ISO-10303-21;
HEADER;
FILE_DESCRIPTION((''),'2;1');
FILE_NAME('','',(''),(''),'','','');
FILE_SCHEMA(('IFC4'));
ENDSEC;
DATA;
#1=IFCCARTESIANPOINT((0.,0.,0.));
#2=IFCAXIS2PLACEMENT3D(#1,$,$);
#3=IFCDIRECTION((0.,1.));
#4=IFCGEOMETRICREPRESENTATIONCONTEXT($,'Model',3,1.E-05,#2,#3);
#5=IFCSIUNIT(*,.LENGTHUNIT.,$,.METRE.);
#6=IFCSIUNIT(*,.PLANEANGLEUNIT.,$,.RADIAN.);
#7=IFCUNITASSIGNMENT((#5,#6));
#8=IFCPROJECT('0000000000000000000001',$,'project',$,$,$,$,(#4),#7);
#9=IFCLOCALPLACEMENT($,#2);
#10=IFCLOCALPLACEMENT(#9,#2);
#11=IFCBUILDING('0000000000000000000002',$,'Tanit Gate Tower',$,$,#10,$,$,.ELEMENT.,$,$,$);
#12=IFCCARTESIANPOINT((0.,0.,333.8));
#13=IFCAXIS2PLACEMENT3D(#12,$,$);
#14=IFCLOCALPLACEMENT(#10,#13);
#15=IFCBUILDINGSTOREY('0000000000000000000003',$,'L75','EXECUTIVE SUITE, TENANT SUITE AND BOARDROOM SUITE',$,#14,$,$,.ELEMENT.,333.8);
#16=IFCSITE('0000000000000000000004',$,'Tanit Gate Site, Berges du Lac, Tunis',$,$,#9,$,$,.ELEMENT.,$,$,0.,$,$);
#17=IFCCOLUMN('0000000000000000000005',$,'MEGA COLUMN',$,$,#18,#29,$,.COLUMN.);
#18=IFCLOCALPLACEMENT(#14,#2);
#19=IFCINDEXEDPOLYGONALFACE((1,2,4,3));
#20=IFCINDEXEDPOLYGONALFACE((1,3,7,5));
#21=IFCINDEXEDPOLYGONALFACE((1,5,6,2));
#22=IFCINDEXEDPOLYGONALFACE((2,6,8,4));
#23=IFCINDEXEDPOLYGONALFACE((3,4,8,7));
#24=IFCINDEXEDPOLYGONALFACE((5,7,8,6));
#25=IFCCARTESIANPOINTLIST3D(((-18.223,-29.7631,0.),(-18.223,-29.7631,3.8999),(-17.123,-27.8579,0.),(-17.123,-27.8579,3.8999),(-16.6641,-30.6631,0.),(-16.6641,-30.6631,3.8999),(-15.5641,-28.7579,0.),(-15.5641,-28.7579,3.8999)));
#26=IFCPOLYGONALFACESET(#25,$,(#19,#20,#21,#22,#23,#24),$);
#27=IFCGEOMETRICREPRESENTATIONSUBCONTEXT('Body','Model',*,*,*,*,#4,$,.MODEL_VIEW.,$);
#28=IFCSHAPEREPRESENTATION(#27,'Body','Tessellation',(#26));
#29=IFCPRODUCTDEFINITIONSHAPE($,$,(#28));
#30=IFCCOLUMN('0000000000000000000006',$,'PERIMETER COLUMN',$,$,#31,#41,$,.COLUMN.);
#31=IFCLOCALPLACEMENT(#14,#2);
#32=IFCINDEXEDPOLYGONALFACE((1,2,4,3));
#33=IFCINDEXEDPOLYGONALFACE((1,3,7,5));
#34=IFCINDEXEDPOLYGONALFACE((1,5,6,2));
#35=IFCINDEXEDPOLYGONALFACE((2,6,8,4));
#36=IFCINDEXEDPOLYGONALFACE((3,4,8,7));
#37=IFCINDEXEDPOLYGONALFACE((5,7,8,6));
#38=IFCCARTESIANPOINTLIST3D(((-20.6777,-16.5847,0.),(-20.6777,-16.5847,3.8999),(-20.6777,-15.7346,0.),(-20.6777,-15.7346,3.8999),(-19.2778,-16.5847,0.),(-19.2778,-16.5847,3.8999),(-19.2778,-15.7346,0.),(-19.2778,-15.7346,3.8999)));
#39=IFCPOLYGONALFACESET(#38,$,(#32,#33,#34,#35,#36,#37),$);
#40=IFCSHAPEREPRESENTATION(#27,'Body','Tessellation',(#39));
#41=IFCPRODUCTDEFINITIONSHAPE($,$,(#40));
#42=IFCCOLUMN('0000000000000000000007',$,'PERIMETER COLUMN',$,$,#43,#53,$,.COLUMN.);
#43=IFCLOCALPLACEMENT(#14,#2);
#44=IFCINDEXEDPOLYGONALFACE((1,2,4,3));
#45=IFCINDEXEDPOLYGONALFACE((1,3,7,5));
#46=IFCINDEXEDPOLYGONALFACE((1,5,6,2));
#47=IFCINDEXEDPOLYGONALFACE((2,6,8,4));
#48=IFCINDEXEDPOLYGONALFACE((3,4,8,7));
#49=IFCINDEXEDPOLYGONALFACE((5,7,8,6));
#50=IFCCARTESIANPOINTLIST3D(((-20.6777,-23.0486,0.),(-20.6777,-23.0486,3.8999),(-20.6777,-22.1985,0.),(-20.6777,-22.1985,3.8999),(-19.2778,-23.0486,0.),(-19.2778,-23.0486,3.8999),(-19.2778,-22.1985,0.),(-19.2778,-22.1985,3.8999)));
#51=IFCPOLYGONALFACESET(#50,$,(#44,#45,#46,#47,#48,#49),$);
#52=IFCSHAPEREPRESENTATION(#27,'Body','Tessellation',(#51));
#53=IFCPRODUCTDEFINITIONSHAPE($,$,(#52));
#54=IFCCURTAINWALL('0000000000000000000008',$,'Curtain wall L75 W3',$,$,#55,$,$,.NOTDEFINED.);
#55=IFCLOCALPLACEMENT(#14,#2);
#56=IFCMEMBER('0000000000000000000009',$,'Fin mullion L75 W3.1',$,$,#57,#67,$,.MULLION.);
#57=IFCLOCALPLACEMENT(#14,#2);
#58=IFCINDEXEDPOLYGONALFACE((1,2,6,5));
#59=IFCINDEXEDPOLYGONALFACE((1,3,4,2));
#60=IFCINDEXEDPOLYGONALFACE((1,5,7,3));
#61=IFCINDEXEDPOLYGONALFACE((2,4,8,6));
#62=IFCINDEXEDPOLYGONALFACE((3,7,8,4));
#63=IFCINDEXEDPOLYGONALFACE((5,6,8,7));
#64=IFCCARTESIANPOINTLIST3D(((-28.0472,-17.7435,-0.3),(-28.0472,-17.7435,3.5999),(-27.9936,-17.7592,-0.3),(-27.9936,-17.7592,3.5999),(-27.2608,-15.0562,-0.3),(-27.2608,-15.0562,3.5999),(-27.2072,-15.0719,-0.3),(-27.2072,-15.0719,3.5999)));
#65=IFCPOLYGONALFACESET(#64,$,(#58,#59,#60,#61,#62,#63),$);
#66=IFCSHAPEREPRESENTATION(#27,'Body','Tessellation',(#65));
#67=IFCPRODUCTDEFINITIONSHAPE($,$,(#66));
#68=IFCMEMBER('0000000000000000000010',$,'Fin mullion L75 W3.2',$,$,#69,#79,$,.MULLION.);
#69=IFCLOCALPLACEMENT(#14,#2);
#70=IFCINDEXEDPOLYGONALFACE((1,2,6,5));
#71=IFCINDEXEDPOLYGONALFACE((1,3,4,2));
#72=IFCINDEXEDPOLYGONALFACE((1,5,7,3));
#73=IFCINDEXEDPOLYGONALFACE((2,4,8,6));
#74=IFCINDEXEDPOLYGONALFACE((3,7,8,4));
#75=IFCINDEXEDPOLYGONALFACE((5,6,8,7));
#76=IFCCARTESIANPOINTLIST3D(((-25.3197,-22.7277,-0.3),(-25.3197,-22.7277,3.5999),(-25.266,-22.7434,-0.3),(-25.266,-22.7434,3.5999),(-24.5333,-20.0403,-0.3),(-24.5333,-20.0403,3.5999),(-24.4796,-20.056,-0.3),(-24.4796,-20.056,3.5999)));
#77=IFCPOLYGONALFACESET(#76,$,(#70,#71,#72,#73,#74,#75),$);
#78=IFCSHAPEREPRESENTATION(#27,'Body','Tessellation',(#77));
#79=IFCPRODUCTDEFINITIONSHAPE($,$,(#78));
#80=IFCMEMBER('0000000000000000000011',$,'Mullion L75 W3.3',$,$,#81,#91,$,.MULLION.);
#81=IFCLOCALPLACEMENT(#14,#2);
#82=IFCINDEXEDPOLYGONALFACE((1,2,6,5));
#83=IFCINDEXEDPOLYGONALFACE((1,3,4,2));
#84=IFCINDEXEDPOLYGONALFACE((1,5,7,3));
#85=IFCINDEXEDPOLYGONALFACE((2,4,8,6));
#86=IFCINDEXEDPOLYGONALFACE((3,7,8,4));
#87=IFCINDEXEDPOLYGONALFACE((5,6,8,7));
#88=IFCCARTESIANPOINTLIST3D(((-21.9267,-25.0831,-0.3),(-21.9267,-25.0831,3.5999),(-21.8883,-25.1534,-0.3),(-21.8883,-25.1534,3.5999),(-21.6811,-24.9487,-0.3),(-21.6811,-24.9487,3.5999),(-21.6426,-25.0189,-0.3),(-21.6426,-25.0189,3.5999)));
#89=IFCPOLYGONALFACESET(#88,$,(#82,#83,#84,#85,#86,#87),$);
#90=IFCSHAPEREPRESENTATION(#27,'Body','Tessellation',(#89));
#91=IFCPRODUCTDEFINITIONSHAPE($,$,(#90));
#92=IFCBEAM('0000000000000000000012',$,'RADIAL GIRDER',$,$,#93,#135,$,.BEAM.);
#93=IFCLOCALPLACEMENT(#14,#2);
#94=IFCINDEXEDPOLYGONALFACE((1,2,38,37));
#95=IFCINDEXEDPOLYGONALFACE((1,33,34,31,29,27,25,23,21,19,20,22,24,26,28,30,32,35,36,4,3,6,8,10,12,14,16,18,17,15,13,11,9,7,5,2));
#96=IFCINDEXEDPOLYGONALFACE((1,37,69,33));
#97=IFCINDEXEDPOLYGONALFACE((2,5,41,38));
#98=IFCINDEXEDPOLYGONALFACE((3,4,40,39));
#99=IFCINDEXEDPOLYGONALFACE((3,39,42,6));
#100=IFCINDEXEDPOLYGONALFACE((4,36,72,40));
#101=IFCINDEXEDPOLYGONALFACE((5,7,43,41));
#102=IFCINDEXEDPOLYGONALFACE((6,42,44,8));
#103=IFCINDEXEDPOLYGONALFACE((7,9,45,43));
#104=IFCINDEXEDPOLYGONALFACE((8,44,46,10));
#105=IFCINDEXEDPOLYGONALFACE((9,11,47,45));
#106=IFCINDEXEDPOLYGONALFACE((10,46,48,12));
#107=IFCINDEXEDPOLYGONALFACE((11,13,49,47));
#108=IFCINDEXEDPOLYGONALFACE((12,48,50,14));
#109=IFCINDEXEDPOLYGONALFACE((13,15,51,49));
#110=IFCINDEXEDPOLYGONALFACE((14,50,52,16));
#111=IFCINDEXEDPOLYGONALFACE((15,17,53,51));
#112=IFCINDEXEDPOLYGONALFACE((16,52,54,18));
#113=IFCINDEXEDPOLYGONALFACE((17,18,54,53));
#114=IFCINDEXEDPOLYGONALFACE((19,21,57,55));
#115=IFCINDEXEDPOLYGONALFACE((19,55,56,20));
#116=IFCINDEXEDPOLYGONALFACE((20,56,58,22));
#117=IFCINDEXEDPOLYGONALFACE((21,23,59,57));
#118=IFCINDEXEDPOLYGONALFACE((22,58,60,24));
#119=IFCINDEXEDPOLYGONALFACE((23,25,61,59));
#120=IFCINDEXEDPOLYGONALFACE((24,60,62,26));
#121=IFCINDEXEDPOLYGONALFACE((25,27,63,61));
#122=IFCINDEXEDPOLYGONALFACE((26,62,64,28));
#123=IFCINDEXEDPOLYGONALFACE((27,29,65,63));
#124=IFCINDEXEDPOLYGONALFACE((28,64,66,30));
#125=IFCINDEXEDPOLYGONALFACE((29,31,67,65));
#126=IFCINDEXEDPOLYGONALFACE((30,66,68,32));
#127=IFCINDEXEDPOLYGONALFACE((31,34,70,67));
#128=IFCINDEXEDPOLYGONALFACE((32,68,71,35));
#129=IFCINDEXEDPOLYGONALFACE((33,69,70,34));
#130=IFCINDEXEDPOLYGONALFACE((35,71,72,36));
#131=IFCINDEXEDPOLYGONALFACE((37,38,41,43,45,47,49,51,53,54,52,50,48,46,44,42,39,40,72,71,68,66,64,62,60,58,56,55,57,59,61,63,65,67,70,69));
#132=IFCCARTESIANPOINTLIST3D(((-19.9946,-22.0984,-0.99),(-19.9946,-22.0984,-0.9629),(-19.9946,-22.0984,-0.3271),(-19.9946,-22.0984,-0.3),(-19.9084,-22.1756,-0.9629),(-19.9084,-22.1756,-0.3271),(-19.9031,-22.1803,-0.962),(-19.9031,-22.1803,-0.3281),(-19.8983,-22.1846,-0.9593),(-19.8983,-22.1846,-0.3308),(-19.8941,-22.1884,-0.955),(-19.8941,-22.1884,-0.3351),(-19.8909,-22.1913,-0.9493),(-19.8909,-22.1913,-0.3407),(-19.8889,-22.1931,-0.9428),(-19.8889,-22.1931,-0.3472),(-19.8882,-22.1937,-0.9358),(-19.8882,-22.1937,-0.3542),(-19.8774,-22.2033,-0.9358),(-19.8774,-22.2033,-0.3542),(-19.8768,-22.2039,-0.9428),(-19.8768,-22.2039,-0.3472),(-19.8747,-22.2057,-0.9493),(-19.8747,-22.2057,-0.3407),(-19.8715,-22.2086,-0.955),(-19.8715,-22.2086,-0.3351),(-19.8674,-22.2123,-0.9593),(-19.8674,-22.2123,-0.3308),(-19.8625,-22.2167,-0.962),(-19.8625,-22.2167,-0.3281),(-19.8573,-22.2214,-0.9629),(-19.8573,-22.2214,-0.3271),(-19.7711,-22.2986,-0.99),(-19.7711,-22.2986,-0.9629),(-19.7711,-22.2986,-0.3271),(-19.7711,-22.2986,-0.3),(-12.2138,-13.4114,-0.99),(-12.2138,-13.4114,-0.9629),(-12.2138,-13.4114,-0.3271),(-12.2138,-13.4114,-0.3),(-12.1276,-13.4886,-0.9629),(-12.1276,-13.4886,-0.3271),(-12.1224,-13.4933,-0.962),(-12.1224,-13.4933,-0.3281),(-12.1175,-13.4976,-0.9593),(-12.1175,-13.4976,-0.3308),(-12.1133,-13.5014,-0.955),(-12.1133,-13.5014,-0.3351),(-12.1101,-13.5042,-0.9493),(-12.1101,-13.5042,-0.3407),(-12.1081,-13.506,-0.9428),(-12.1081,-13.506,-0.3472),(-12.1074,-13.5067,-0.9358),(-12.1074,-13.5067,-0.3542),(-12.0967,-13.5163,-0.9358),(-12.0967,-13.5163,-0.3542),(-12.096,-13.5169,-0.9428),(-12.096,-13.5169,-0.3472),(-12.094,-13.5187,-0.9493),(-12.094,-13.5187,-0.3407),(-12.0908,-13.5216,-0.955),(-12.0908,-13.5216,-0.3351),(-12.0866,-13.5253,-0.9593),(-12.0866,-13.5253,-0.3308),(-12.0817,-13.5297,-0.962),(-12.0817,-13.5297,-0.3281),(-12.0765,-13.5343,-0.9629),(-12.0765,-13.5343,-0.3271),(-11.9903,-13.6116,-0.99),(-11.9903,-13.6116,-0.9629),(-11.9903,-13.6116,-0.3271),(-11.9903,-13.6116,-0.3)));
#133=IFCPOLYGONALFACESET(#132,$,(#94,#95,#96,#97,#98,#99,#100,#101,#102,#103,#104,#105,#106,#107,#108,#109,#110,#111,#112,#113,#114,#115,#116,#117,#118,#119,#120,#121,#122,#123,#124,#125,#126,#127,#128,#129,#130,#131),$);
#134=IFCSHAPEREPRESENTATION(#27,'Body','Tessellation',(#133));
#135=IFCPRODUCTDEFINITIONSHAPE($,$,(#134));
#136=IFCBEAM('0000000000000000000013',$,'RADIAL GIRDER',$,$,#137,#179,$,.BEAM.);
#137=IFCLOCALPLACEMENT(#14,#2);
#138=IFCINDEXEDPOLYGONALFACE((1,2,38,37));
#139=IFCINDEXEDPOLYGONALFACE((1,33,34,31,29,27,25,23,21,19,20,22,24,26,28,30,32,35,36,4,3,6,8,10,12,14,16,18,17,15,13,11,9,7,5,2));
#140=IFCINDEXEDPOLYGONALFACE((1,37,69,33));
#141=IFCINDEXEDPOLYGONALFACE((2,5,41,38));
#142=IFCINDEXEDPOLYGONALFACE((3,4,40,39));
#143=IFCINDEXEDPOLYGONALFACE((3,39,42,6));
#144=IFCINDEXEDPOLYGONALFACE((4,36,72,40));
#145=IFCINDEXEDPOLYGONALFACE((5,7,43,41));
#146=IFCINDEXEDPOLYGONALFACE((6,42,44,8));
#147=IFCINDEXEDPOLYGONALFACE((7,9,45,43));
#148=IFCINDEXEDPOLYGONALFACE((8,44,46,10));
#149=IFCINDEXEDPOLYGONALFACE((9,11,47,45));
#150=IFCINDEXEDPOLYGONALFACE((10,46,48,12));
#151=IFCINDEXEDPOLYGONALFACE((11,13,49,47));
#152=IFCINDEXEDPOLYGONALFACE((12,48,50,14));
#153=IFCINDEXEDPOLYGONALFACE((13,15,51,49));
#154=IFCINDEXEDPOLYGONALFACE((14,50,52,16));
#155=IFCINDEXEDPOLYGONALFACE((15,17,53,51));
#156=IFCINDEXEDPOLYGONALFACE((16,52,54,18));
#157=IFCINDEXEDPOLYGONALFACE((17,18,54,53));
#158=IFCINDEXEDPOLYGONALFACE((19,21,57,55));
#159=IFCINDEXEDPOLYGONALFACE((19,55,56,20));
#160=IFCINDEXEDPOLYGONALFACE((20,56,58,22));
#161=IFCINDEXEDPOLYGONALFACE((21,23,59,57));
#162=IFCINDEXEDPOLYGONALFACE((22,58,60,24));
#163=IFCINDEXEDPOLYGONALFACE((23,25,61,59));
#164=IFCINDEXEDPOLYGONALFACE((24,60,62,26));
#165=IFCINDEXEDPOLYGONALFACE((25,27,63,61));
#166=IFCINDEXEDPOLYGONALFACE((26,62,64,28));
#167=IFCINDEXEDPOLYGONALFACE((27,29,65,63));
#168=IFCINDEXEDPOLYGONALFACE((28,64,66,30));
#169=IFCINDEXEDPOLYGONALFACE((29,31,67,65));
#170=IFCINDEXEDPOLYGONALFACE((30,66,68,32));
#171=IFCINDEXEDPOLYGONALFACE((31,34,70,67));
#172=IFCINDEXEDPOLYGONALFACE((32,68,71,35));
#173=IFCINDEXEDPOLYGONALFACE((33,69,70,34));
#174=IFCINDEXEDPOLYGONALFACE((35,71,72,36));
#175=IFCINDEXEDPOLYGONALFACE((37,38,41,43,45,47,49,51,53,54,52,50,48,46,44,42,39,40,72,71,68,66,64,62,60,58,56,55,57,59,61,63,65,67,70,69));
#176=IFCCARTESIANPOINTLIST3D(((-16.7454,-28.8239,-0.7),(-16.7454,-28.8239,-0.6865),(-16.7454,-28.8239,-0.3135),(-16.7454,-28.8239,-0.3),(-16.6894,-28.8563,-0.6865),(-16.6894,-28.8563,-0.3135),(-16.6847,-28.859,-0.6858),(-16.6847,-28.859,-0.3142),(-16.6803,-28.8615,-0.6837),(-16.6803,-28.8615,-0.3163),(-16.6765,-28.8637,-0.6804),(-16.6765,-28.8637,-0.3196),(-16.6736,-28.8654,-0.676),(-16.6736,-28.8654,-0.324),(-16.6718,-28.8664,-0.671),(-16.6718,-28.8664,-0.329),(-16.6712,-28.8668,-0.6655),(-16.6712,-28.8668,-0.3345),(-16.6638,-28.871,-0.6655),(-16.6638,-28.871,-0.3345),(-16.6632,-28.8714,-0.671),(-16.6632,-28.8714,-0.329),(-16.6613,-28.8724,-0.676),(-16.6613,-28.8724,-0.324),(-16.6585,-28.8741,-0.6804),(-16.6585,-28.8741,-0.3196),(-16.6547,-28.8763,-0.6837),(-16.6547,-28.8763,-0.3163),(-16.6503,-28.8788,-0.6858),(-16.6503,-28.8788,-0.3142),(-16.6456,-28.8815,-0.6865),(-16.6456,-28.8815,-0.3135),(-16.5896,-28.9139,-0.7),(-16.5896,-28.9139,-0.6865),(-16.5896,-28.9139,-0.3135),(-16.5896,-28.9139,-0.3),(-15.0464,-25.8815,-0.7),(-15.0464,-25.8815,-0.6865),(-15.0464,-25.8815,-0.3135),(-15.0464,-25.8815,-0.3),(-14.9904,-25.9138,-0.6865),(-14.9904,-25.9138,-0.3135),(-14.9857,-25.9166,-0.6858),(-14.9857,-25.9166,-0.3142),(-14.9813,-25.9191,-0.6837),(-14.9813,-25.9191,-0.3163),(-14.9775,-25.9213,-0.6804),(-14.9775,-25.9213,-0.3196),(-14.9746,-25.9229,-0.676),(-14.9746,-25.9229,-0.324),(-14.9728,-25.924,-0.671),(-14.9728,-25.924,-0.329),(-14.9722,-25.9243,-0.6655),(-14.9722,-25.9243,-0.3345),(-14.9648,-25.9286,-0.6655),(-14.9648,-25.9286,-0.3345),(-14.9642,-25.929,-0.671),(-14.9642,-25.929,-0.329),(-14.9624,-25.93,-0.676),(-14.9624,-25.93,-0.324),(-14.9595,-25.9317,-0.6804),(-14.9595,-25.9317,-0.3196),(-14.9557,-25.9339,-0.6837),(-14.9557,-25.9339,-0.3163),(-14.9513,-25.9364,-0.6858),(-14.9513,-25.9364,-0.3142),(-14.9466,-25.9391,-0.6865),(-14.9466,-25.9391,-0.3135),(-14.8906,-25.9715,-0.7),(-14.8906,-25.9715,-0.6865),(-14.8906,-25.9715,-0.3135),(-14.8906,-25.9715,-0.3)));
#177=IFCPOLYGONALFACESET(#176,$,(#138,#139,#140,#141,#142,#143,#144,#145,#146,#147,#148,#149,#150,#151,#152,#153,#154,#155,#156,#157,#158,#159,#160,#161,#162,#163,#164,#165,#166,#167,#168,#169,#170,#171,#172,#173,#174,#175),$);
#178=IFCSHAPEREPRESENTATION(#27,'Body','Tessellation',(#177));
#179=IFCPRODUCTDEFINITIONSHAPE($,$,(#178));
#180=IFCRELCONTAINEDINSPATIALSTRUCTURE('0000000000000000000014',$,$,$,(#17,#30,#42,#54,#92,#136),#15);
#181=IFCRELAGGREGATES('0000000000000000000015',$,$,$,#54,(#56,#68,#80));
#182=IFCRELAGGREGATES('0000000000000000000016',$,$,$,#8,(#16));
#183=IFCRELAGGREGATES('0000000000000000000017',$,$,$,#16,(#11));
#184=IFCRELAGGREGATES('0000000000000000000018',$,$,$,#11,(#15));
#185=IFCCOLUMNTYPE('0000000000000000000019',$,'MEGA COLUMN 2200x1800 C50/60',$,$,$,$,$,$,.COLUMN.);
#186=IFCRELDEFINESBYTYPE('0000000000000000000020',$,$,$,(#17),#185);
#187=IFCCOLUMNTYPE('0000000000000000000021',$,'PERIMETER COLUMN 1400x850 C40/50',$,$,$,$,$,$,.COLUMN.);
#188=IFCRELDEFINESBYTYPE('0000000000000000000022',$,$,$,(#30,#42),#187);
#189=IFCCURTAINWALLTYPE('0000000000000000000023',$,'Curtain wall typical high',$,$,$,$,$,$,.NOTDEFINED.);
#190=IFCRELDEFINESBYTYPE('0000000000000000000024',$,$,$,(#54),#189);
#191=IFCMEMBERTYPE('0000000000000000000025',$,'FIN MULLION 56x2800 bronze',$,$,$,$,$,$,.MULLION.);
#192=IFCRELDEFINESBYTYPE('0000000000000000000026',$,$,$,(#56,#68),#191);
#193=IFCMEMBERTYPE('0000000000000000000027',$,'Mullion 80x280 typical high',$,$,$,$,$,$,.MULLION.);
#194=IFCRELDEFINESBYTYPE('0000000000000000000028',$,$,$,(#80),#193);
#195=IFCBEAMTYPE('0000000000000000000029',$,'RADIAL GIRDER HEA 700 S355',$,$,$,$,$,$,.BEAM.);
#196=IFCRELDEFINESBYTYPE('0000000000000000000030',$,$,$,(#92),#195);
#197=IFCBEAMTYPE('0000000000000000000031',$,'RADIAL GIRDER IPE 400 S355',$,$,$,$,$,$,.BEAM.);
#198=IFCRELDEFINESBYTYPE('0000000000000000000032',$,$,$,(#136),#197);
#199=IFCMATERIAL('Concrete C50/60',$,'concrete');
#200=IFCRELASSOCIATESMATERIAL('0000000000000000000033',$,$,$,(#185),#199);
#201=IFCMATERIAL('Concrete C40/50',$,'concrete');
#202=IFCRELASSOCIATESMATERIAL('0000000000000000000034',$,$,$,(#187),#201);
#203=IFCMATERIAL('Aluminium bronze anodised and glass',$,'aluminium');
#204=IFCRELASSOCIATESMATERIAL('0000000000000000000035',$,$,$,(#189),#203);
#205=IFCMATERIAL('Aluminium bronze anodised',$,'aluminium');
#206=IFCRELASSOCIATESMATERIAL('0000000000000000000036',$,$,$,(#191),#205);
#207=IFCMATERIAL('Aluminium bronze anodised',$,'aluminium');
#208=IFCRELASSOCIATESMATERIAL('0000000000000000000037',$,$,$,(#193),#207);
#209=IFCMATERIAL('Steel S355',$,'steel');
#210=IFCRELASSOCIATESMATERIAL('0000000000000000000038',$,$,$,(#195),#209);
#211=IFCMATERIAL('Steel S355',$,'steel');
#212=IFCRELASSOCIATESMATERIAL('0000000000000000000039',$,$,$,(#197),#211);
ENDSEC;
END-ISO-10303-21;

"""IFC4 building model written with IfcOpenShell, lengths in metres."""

from ifc_helpers import new_model, si_unit, direction, frame, origin, origin_2d, place, context, subcontext, project, spatial, rectangle, i_section, extrude, material, material_profile, profile_set, type_object, element, aggregate, save


model = new_model("IFC4")

# Units and contexts
model_context = context("Model", 3, precision=1e-05, world=origin(), true_north=direction((0.0, 1.0)))
body_context = subcontext(model_context, "Body", "Model", "MODEL_VIEW")
ifc_project = project(units=[si_unit("LENGTHUNIT", "METRE"), si_unit("PLANEANGLEUNIT", "RADIAN")], contexts=[model_context])

# Site, building, storey
site_placement = place(None, origin())
site = spatial("IfcSite", under=ifc_project, at=site_placement, Name="Tanit Gate Site, Berges du Lac, Tunis", CompositionType="ELEMENT", RefElevation=0.0)
building_placement = place(site_placement, origin())
building = spatial("IfcBuilding", under=site, at=building_placement, Name="Tanit Gate Tower", CompositionType="ELEMENT")
storey_placement = place(building_placement, frame((0.0, 0.0, 333.8)))
storey = spatial("IfcBuildingStorey", under=building, at=storey_placement, Name="L75", Description="EXECUTIVE SUITE, TENANT SUITE AND BOARDROOM SUITE", CompositionType="ELEMENT", Elevation=333.8)

# Columns
ifc_material_1 = material(Name="Concrete C50/60", Category="concrete")
ifc_material_profile_1 = material_profile(ifc_material_1, rectangle(XDim=2.2, YDim=1.8, at=origin_2d()), Name="RC 2200x1800")
ifc_profile_set_1 = profile_set([ifc_material_profile_1], Name="Concrete C50/60")
column_type_1 = type_object("IfcColumnType", Name="MEGA COLUMN 2200x1800 C50/60", PredefinedType="COLUMN", material=ifc_profile_set_1)
column_placement = place(storey_placement, frame((-16.8936, -29.2605, 0.0), z_axis=(0.0, 0.0, 1.0), x_axis=(-0.5, -0.866025, 0.0)))
element("IfcColumn", 1, at=column_placement, inside=storey, type_object=column_type_1, Name="MEGA COLUMN", PredefinedType="COLUMN", context=body_context, shape_type="SweptSolid", body=[
    extrude(rectangle(XDim=2.2, YDim=1.8, at=origin_2d()), origin(), (0.0, 0.0, 1.0), 3.8999),
])
ifc_material_2 = material(Name="Concrete C40/50", Category="concrete")
ifc_material_profile_2 = material_profile(ifc_material_2, rectangle(XDim=1.3999, YDim=0.8501, at=origin_2d()), Name="RC 1400x850")
ifc_profile_set_2 = profile_set([ifc_material_profile_2], Name="Concrete C40/50")
column_type_2 = type_object("IfcColumnType", Name="PERIMETER COLUMN 1400x850 C40/50", PredefinedType="COLUMN", material=ifc_profile_set_2)
for number, where, z_axis, x_axis, name in (
    (2, (-19.9778, -16.1597, 0.0), (0.0, 0.0, 1.0), (-1.0, 0.0, 0.0), "PERIMETER COLUMN"),
    (3, (-19.9778, -22.6235, 0.0), (0.0, 0.0, 1.0), (-1.0, 0.0, 0.0), "PERIMETER COLUMN"),
):
    element("IfcColumn", number, at=place(storey_placement, frame(where, z_axis=z_axis, x_axis=x_axis)), inside=storey, type_object=column_type_2, Name=name, PredefinedType="COLUMN", context=body_context, shape_type="SweptSolid", body=[
        extrude(rectangle(XDim=1.3999, YDim=0.8501, at=origin_2d()), origin(), (0.0, 0.0, 1.0), 3.8999),
    ])

# Curtain wall, members
ifc_material_3 = material(Name="Aluminium bronze anodised and glass", Category="aluminium")
curtain_wall_type = type_object("IfcCurtainWallType", Name="Curtain wall typical high", PredefinedType="NOTDEFINED", material=ifc_material_3)
curtain_wall_placement = place(storey_placement, origin())
curtain_wall = element("IfcCurtainWall", 4, at=curtain_wall_placement, inside=storey, type_object=curtain_wall_type, Name="Curtain wall L75 W3", PredefinedType="NOTDEFINED")
ifc_material_4 = material(Name="Aluminium bronze anodised", Category="aluminium")
ifc_material_profile_3 = material_profile(ifc_material_4, rectangle(XDim=2.8, YDim=0.0559, at=origin_2d()), Name="56x2800 bronze fin mullion")
ifc_profile_set_3 = profile_set([ifc_material_profile_3], Name="Aluminium bronze anodised")
member_type_1 = type_object("IfcMemberType", Name="FIN MULLION 56x2800 bronze", PredefinedType="MULLION", material=ifc_profile_set_3)
member_1_placement = place(storey_placement, frame((-27.6272, -16.4077, -0.3), z_axis=(0.0, 0.0, 1.0), x_axis=(0.280852, 0.959751, 0.0)))
member_1 = element("IfcMember", 5, at=member_1_placement, type_object=member_type_1, Name="Fin mullion L75 W3.1", PredefinedType="MULLION", context=body_context, shape_type="SweptSolid", body=[
    extrude(rectangle(XDim=2.8, YDim=0.0559, at=origin_2d()), origin(), (0.0, 0.0, 1.0), 3.8999),
])
member_2_placement = place(storey_placement, frame((-24.8997, -21.3918, -0.3), z_axis=(0.0, 0.0, 1.0), x_axis=(0.280852, 0.959751, 0.0)))
member_2 = element("IfcMember", 6, at=member_2_placement, type_object=member_type_1, Name="Fin mullion L75 W3.2", PredefinedType="MULLION", context=body_context, shape_type="SweptSolid", body=[
    extrude(rectangle(XDim=2.8, YDim=0.0559, at=origin_2d()), origin(), (0.0, 0.0, 1.0), 3.8999),
])
ifc_material_5 = material(Name="Aluminium bronze anodised", Category="aluminium")
ifc_material_profile_4 = material_profile(ifc_material_5, rectangle(XDim=0.28, YDim=0.0801, at=origin_2d()), Name="80x280 bronze mullion")
ifc_profile_set_4 = profile_set([ifc_material_profile_4], Name="Aluminium bronze anodised")
member_type_2 = type_object("IfcMemberType", Name="Mullion 80x280 typical high", PredefinedType="MULLION", material=ifc_profile_set_4)
member_3_placement = place(storey_placement, frame((-21.7847, -25.051, -0.3), z_axis=(0.0, 0.0, 1.0), x_axis=(0.877239, 0.480055, 0.0)))
member_3 = element("IfcMember", 7, at=member_3_placement, type_object=member_type_2, Name="Mullion L75 W3.3", PredefinedType="MULLION", context=body_context, shape_type="SweptSolid", body=[
    extrude(rectangle(XDim=0.28, YDim=0.0801, at=origin_2d()), origin(), (0.0, 0.0, 1.0), 3.8999),
])

# Beams
ifc_material_6 = material(Name="Steel S355", Category="steel")
ifc_material_profile_5 = material_profile(ifc_material_6, i_section(OverallWidth=0.3, OverallDepth=0.6899, WebThickness=0.0144, FlangeThickness=0.0271, FilletRadius=0.0271, at=origin_2d()), Name="HEA 700")
ifc_profile_set_5 = profile_set([ifc_material_profile_5], Name="Steel S355")
beam_type_1 = type_object("IfcBeamType", Name="RADIAL GIRDER HEA 700 S355", PredefinedType="BEAM", material=ifc_profile_set_5)
beam_1_placement = place(storey_placement, frame((-19.8828, -22.1985, -0.645), z_axis=(0.667184, 0.744893, 0.0), x_axis=(-0.744893, 0.667184, 0.0)))
element("IfcBeam", 8, at=beam_1_placement, inside=storey, type_object=beam_type_1, Name="RADIAL GIRDER", PredefinedType="BEAM", context=body_context, shape_type="SweptSolid", body=[
    extrude(i_section(OverallWidth=0.3, OverallDepth=0.6899, WebThickness=0.0144, FlangeThickness=0.0271, FilletRadius=0.0271, at=origin_2d()), origin(), (0.0, 0.0, 1.0), 11.6621),
])
ifc_material_7 = material(Name="Steel S355", Category="steel")
ifc_material_profile_6 = material_profile(ifc_material_7, i_section(OverallWidth=0.1799, OverallDepth=0.3999, WebThickness=0.0085, FlangeThickness=0.0134, FilletRadius=0.021, at=origin_2d()), Name="IPE 400")
ifc_profile_set_6 = profile_set([ifc_material_profile_6], Name="Steel S355")
beam_type_2 = type_object("IfcBeamType", Name="RADIAL GIRDER IPE 400 S355", PredefinedType="BEAM", material=ifc_profile_set_6)
beam_2_placement = place(storey_placement, frame((-16.6675, -28.8689, -0.5), z_axis=(0.500042, 0.866001, 0.0), x_axis=(-0.866001, 0.500042, 0.0)))
element("IfcBeam", 9, at=beam_2_placement, inside=storey, type_object=beam_type_2, Name="RADIAL GIRDER", PredefinedType="BEAM", context=body_context, shape_type="SweptSolid", body=[
    extrude(i_section(OverallWidth=0.1799, OverallDepth=0.3999, WebThickness=0.0085, FlangeThickness=0.0134, FilletRadius=0.021, at=origin_2d()), origin(), (0.0, 0.0, 1.0), 3.3977),
])

aggregate(curtain_wall, [member_1, member_2, member_3])

save(model, "model.ifc")
